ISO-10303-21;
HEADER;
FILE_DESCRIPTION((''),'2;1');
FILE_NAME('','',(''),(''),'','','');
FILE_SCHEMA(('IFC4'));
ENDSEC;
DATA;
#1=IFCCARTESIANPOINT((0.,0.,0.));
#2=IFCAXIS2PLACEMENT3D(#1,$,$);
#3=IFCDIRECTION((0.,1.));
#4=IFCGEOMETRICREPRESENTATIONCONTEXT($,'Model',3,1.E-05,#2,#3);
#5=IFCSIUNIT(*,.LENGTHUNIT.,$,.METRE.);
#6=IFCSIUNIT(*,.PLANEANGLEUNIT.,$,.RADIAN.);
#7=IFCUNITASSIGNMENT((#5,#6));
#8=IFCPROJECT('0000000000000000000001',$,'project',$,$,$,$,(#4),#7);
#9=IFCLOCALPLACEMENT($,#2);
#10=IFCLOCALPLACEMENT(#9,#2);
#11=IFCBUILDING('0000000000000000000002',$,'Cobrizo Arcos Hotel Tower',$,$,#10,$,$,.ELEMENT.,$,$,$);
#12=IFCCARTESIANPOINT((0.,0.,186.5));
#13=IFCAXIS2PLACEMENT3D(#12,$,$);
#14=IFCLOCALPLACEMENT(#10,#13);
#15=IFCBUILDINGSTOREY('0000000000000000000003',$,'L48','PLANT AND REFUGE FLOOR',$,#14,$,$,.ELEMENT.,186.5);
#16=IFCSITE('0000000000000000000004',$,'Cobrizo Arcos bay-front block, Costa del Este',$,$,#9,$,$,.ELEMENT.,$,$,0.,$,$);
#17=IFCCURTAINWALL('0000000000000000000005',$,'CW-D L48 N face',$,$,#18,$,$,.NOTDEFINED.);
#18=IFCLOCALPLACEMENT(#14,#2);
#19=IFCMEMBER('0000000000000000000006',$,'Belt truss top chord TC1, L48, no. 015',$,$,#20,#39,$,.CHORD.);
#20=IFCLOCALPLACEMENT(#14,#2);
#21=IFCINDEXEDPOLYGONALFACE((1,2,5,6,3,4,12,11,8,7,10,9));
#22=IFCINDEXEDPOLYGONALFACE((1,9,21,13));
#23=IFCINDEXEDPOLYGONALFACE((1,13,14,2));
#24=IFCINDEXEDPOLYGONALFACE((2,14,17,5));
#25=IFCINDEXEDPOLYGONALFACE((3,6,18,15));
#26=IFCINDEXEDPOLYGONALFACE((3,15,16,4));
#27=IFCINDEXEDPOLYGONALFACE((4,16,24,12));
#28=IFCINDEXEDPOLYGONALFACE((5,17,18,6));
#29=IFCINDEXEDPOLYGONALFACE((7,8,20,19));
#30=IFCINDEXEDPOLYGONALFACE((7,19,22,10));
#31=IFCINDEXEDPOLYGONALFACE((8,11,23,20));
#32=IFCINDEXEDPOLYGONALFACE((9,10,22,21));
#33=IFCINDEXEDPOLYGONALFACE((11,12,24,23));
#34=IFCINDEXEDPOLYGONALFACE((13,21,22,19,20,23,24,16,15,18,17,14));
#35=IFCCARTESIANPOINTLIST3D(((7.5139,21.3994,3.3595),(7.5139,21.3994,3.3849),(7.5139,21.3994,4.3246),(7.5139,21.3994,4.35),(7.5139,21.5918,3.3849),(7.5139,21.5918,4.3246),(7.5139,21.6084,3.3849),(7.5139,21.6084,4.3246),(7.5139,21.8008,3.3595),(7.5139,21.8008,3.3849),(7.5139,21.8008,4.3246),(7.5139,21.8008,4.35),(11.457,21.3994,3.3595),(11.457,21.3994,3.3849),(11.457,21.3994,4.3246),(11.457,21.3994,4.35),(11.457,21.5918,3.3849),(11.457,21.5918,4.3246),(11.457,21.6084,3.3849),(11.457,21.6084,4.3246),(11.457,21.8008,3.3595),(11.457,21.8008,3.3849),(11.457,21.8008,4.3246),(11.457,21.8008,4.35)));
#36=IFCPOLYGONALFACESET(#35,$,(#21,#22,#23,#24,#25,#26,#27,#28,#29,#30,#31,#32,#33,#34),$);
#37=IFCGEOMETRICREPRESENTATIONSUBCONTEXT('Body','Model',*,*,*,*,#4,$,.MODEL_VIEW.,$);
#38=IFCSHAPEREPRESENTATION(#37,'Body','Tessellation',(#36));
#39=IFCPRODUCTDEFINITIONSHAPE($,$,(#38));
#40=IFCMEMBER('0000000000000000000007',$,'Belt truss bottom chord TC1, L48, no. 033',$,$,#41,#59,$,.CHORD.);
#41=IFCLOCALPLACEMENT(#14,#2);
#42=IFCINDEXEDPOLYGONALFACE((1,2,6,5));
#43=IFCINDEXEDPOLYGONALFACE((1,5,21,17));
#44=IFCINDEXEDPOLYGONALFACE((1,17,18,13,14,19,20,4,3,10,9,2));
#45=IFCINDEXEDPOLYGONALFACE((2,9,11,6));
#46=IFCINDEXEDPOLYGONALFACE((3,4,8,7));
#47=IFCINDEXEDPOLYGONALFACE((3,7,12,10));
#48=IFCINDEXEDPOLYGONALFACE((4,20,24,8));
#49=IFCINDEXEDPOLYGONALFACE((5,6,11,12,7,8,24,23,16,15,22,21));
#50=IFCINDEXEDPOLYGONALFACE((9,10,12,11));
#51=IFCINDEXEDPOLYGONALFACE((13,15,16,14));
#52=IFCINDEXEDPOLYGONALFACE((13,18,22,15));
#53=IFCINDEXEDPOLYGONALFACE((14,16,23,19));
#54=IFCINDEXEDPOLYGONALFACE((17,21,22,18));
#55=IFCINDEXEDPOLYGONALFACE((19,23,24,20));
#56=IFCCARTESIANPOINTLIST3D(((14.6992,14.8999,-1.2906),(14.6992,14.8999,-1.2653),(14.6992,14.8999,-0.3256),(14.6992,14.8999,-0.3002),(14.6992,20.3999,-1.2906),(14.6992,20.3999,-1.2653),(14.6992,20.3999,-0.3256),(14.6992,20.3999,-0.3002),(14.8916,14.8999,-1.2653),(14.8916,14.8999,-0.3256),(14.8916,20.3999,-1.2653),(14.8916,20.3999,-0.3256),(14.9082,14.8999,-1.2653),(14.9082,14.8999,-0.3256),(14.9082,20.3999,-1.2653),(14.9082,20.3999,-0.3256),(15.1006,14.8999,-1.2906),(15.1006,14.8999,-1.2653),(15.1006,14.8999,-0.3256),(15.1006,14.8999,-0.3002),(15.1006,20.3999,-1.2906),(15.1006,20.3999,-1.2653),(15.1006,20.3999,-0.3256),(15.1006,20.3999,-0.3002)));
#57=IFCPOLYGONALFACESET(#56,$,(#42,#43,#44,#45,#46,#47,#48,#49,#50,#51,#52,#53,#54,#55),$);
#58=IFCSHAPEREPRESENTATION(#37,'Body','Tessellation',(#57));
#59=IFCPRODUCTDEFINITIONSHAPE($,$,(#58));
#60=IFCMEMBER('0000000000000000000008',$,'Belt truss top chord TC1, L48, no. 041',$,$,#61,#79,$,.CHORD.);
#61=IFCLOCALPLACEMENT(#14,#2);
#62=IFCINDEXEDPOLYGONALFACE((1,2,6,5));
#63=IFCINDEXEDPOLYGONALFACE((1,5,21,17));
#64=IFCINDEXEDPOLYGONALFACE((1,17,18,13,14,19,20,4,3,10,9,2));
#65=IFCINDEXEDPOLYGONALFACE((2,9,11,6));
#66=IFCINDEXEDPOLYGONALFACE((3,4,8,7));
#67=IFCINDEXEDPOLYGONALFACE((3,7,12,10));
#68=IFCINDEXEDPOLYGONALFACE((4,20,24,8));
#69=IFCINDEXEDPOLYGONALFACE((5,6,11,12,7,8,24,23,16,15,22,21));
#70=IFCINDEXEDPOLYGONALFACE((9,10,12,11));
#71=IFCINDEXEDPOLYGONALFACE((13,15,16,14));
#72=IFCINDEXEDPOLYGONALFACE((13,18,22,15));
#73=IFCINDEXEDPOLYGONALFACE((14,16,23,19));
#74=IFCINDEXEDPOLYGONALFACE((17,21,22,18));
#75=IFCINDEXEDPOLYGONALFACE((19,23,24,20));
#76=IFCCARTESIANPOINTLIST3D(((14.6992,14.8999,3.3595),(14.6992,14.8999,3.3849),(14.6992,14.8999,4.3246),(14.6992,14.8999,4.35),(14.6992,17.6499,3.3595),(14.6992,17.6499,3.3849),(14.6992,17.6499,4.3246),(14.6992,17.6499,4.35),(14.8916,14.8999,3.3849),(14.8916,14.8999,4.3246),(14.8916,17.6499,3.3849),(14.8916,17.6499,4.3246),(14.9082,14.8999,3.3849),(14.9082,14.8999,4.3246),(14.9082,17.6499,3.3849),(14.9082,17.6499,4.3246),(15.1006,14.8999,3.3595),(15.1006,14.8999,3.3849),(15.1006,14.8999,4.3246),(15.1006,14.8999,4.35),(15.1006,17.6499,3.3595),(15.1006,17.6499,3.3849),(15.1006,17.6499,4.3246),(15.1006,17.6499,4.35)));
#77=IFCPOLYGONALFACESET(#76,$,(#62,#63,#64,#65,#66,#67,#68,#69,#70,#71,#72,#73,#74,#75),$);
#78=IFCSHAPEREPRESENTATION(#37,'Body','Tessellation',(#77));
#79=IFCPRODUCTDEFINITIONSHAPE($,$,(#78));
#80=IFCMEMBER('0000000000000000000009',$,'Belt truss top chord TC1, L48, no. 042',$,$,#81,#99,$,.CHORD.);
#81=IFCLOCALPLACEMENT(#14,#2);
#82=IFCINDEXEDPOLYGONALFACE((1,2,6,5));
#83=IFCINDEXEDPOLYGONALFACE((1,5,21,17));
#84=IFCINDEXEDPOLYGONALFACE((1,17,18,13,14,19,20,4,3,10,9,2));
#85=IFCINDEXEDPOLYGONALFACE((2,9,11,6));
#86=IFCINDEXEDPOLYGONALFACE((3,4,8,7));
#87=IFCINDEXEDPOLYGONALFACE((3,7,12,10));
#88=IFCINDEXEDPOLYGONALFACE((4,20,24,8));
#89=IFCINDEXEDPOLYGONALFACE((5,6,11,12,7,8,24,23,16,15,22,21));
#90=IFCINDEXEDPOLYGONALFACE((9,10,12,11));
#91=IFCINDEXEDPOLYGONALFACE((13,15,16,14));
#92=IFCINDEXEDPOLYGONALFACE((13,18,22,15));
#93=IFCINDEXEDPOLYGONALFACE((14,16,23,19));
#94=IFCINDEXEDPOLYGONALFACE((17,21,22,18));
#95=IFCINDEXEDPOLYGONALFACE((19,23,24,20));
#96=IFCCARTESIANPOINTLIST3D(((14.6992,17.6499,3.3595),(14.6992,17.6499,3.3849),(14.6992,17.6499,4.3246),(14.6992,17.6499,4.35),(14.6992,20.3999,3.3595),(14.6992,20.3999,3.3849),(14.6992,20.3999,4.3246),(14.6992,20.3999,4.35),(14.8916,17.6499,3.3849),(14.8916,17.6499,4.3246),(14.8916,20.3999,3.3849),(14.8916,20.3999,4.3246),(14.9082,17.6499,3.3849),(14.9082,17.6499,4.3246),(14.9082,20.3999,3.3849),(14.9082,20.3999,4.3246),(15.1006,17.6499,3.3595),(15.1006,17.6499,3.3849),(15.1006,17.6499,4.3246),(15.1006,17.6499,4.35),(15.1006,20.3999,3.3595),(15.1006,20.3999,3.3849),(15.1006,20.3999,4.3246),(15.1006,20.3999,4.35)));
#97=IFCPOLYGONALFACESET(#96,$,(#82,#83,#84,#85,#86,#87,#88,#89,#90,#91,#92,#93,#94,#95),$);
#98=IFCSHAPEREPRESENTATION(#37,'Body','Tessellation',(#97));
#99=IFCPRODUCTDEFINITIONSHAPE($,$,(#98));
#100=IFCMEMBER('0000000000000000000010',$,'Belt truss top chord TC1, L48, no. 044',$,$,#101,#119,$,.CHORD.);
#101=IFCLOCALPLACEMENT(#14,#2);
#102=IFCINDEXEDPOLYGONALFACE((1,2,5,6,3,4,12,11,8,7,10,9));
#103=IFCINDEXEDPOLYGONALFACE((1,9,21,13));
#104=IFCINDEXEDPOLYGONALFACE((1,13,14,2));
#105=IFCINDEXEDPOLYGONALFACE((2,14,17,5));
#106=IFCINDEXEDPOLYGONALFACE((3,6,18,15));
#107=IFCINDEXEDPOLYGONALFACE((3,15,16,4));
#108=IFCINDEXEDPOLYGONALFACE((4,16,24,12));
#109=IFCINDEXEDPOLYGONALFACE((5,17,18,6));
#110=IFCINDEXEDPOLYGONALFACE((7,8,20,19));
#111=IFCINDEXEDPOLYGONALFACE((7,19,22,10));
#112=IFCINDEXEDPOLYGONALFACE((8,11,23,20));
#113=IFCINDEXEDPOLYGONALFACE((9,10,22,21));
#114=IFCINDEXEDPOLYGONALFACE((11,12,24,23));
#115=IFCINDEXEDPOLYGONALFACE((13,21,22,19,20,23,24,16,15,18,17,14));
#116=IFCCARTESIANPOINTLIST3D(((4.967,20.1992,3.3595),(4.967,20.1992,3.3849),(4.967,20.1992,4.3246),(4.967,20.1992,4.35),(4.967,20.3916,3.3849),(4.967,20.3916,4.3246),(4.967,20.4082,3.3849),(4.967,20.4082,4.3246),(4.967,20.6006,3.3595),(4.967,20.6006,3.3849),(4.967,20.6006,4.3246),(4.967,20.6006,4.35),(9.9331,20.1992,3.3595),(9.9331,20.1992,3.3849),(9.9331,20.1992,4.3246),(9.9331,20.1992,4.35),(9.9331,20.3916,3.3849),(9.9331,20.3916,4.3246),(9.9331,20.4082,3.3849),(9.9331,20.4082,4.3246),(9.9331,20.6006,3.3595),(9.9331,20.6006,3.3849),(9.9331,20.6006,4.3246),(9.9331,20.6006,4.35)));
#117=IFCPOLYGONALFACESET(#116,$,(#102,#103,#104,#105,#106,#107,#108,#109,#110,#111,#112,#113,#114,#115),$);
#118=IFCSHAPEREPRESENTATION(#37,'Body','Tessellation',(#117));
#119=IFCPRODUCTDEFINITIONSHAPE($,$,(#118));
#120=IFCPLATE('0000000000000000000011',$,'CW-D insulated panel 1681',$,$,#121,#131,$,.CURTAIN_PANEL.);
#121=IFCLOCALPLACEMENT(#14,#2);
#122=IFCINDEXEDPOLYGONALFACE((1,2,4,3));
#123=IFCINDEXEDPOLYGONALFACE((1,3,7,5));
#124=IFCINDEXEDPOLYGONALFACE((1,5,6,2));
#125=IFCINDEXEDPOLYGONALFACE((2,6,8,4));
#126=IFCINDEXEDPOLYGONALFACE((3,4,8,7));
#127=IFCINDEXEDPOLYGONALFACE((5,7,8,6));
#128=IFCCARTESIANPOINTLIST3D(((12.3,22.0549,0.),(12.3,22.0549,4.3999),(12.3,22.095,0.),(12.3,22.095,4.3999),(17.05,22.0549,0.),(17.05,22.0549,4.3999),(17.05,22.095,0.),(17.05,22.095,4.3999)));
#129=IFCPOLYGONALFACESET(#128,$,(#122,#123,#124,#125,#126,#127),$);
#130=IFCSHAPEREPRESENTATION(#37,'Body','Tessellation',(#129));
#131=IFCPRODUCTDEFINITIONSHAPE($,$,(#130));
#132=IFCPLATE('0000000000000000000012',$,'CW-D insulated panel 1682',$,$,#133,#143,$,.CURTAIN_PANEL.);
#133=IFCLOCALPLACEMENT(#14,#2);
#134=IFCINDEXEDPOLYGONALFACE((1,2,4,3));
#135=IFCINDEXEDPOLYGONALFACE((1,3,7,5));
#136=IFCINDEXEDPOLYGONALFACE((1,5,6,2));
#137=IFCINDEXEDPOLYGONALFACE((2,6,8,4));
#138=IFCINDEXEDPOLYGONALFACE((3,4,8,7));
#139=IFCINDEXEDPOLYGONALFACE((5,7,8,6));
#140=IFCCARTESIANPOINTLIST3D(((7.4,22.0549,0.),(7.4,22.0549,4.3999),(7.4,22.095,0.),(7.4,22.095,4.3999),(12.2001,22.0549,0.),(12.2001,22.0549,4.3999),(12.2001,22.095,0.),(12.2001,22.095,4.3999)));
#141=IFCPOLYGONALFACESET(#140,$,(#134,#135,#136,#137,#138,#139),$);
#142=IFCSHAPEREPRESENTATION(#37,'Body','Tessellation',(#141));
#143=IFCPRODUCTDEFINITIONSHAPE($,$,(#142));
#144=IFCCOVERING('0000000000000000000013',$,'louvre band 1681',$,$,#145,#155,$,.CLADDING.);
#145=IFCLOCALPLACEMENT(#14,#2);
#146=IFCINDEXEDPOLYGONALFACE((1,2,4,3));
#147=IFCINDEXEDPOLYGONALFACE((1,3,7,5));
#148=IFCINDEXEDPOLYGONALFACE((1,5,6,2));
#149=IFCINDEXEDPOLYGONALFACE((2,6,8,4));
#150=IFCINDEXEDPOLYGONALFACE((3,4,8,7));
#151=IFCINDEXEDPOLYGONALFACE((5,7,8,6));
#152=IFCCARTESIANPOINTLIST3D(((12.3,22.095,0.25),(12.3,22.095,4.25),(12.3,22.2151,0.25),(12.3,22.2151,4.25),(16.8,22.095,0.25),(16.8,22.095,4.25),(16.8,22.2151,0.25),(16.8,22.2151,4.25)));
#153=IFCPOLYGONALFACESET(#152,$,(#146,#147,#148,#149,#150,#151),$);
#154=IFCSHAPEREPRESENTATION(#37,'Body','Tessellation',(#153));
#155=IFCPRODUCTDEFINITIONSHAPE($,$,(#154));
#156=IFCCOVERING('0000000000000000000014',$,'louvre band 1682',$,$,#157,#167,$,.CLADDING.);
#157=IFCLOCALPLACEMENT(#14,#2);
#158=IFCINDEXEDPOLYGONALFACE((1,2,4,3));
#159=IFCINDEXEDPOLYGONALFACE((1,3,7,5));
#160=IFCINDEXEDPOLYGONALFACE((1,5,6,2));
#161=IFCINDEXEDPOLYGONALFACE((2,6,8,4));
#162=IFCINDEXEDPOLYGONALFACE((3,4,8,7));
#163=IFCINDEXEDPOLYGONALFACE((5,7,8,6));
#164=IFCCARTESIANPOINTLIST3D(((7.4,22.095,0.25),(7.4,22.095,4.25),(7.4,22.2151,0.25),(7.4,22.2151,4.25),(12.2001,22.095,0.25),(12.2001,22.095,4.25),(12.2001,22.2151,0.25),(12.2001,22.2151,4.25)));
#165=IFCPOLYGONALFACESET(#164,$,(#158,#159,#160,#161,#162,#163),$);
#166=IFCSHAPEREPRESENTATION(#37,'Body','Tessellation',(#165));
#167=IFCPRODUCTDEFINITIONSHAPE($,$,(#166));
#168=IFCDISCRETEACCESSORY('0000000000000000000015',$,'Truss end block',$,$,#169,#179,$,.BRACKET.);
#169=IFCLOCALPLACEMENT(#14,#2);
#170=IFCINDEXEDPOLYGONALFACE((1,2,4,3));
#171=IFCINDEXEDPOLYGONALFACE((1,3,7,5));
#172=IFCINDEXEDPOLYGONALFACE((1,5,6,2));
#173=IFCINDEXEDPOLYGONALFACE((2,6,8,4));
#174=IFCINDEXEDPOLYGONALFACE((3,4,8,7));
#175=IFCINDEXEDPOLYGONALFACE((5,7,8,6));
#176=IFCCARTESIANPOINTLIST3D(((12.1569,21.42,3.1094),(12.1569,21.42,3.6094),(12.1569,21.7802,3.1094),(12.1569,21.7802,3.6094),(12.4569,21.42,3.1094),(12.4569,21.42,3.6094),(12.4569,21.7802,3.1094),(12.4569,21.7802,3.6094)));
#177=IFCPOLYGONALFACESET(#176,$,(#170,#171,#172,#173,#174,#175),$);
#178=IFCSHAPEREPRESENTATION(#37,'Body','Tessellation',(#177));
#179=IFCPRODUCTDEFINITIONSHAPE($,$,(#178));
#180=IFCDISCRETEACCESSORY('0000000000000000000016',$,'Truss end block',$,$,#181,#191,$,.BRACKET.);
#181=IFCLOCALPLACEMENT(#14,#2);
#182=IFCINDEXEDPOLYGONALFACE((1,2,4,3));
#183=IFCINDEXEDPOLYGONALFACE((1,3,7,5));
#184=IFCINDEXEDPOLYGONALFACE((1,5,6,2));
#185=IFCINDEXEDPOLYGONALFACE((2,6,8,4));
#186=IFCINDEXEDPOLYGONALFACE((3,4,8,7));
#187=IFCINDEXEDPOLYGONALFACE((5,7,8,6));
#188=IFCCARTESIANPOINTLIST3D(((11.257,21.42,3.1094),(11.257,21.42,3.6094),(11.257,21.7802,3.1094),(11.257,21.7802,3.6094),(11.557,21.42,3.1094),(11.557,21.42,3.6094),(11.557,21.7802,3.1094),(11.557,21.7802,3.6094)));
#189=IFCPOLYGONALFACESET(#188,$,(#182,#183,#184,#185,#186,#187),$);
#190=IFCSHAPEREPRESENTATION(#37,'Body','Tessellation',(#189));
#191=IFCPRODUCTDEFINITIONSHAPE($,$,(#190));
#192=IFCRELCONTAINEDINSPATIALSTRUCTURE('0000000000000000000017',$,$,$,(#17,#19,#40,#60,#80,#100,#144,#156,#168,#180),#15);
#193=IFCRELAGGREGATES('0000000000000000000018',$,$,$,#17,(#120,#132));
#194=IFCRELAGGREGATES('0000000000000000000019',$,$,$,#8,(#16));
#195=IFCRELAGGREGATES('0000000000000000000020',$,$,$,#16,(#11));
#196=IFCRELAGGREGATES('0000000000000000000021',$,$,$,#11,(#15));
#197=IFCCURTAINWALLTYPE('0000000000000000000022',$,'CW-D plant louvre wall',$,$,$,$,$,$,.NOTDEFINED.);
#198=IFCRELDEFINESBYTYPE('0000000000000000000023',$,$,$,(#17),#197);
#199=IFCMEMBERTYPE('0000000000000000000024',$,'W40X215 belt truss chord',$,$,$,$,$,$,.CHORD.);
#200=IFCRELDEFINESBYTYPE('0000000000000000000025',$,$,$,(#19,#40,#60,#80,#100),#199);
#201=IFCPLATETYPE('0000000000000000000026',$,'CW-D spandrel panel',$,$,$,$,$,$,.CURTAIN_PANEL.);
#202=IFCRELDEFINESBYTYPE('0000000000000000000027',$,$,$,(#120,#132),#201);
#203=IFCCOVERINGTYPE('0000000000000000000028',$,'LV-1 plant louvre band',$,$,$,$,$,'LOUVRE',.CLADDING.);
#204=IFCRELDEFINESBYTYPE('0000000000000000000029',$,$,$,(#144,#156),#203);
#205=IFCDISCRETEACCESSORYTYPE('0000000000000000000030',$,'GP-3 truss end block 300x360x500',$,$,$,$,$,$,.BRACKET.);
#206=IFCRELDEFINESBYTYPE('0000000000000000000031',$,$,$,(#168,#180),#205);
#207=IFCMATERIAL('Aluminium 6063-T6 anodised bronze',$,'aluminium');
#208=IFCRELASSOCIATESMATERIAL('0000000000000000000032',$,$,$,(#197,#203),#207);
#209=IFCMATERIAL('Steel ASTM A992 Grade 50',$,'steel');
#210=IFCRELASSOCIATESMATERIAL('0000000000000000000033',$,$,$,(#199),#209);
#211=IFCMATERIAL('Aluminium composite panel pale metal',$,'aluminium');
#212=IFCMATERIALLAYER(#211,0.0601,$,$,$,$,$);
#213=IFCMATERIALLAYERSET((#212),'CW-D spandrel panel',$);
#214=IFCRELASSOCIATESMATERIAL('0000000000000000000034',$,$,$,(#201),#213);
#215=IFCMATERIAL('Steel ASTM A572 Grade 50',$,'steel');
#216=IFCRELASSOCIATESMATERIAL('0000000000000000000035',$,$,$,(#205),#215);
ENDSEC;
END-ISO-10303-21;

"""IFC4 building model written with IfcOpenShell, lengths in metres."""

from ifc_helpers import new_model, si_unit, direction, frame, origin, origin_2d, place, context, subcontext, project, spatial, rectangle, i_section, extrude, material, layer, layer_set, material_profile, profile_set, type_object, element, aggregate, save


model = new_model("IFC4")

# Units and contexts
model_context = context("Model", 3, precision=1e-05, world=origin(), true_north=direction((0.0, 1.0)))
body_context = subcontext(model_context, "Body", "Model", "MODEL_VIEW")
ifc_project = project(units=[si_unit("LENGTHUNIT", "METRE"), si_unit("PLANEANGLEUNIT", "RADIAN")], contexts=[model_context])

# Site, building, storey
site_placement = place(None, origin())
site = spatial("IfcSite", under=ifc_project, at=site_placement, Name="Cobrizo Arcos bay-front block, Costa del Este", CompositionType="ELEMENT", RefElevation=0.0)
building_placement = place(site_placement, origin())
building = spatial("IfcBuilding", under=site, at=building_placement, Name="Cobrizo Arcos Hotel Tower", CompositionType="ELEMENT")
storey_placement = place(building_placement, frame((0.0, 0.0, 186.5)))
storey = spatial("IfcBuildingStorey", under=building, at=storey_placement, Name="L48", Description="PLANT AND REFUGE FLOOR", CompositionType="ELEMENT", Elevation=186.5)

# Shared definitions
ifc_material_1 = material(Name="Steel ASTM A572 Grade 50", Category="steel")

# Curtain wall
ifc_material_2 = material(Name="Aluminium 6063-T6 anodised bronze", Category="aluminium")
curtain_wall_type = type_object("IfcCurtainWallType", Name="CW-D plant louvre wall", PredefinedType="NOTDEFINED", material=ifc_material_2)
curtain_wall_placement = place(storey_placement, origin())
curtain_wall = element("IfcCurtainWall", 1, at=curtain_wall_placement, inside=storey, type_object=curtain_wall_type, Name="CW-D L48 N face", PredefinedType="NOTDEFINED")

# Members
ifc_material_3 = material(Name="Steel ASTM A992 Grade 50", Category="steel")
ifc_material_profile_1 = material_profile(ifc_material_3, i_section(OverallWidth=0.4014, OverallDepth=0.9905, WebThickness=0.0166, FlangeThickness=0.0254, at=origin_2d()), Name="W40X215")
ifc_profile_set_1 = profile_set([ifc_material_profile_1], Name="Steel ASTM A992 Grade 50")
member_type_1 = type_object("IfcMemberType", Name="W40X215 belt truss chord", PredefinedType="CHORD", material=ifc_profile_set_1)
for number, where, z_axis, x_axis, name in (
    (2, (11.457, 21.6001, 3.8547), (-1.0, 0.0, 0.0), (0.0, -1.0, 0.0), "Belt truss top chord TC1, L48, no. 015"),
):
    element("IfcMember", number, at=place(storey_placement, frame(where, z_axis=z_axis, x_axis=x_axis)), inside=storey, type_object=member_type_1, Name=name, PredefinedType="CHORD", context=body_context, shape_type="SweptSolid", body=[
        extrude(i_section(OverallWidth=0.4014, OverallDepth=0.9905, WebThickness=0.0166, FlangeThickness=0.0254, at=origin_2d()), origin(), (0.0, 0.0, 1.0), 3.9431),
    ])
member_1_placement = place(storey_placement, frame((14.8999, 14.8999, -0.7954), z_axis=(0.0, 1.0, 0.0), x_axis=(-1.0, 0.0, 0.0)))
element("IfcMember", 3, at=member_1_placement, inside=storey, type_object=member_type_1, Name="Belt truss bottom chord TC1, L48, no. 033", PredefinedType="CHORD", context=body_context, shape_type="SweptSolid", body=[
    extrude(i_section(OverallWidth=0.4014, OverallDepth=0.9905, WebThickness=0.0166, FlangeThickness=0.0254, at=origin_2d()), origin(), (0.0, 0.0, 1.0), 5.5),
])
for number, where, z_axis, x_axis, name in (
    (4, (14.8999, 14.8999, 3.8547), (0.0, 1.0, 0.0), (-1.0, 0.0, 0.0), "Belt truss top chord TC1, L48, no. 041"),
    (5, (14.8999, 17.6499, 3.8547), (0.0, 1.0, 0.0), (-1.0, 0.0, 0.0), "Belt truss top chord TC1, L48, no. 042"),
):
    element("IfcMember", number, at=place(storey_placement, frame(where, z_axis=z_axis, x_axis=x_axis)), inside=storey, type_object=member_type_1, Name=name, PredefinedType="CHORD", context=body_context, shape_type="SweptSolid", body=[
        extrude(i_section(OverallWidth=0.4014, OverallDepth=0.9905, WebThickness=0.0166, FlangeThickness=0.0254, at=origin_2d()), origin(), (0.0, 0.0, 1.0), 2.75),
    ])
member_2_placement = place(storey_placement, frame((9.9331, 20.3999, 3.8547), z_axis=(-1.0, 0.0, 0.0), x_axis=(0.0, -1.0, 0.0)))
element("IfcMember", 6, at=member_2_placement, inside=storey, type_object=member_type_1, Name="Belt truss top chord TC1, L48, no. 044", PredefinedType="CHORD", context=body_context, shape_type="SweptSolid", body=[
    extrude(i_section(OverallWidth=0.4014, OverallDepth=0.9905, WebThickness=0.0166, FlangeThickness=0.0254, at=origin_2d()), origin(), (0.0, 0.0, 1.0), 4.9661),
])

# Plates
ifc_material_4 = material(Name="Aluminium composite panel pale metal", Category="aluminium")
ifc_layer = layer(ifc_material_4, 0.0601)
ifc_layer_set = layer_set([ifc_layer], Name="CW-D spandrel panel")
plate_type = type_object("IfcPlateType", Name="CW-D spandrel panel", PredefinedType="CURTAIN_PANEL", material=ifc_layer_set)
plate_1_placement = place(storey_placement, frame((14.675, 22.075, 0.0), z_axis=(0.0, 0.0, 1.0), x_axis=(-1.0, 0.0, 0.0)))
plate_1 = element("IfcPlate", 7, at=plate_1_placement, type_object=plate_type, Name="CW-D insulated panel 1681", PredefinedType="CURTAIN_PANEL", context=body_context, shape_type="SweptSolid", body=[
    extrude(rectangle(XDim=4.75, YDim=0.04, at=origin_2d()), origin(), (0.0, 0.0, 1.0), 4.3999),
])
plate_2_placement = place(storey_placement, frame((9.8, 22.075, 0.0), z_axis=(0.0, 0.0, 1.0), x_axis=(-1.0, 0.0, 0.0)))
plate_2 = element("IfcPlate", 8, at=plate_2_placement, type_object=plate_type, Name="CW-D insulated panel 1682", PredefinedType="CURTAIN_PANEL", context=body_context, shape_type="SweptSolid", body=[
    extrude(rectangle(XDim=4.8, YDim=0.04, at=origin_2d()), origin(), (0.0, 0.0, 1.0), 4.3999),
])
aggregate(curtain_wall, [plate_1, plate_2])

# Coverings
covering_type = type_object("IfcCoveringType", Name="LV-1 plant louvre band", ElementType="LOUVRE", PredefinedType="CLADDING", material=ifc_material_2)
covering_1_placement = place(storey_placement, frame((14.55, 22.155, 0.25), z_axis=(0.0, 0.0, 1.0), x_axis=(-1.0, 0.0, 0.0)))
element("IfcCovering", 9, at=covering_1_placement, inside=storey, type_object=covering_type, Name="louvre band 1681", PredefinedType="CLADDING", context=body_context, shape_type="SweptSolid", body=[
    extrude(rectangle(XDim=4.5, YDim=0.1201, at=origin_2d()), origin(), (0.0, 0.0, 1.0), 4.0),
])
covering_2_placement = place(storey_placement, frame((9.8, 22.155, 0.25), z_axis=(0.0, 0.0, 1.0), x_axis=(-1.0, 0.0, 0.0)))
element("IfcCovering", 10, at=covering_2_placement, inside=storey, type_object=covering_type, Name="louvre band 1682", PredefinedType="CLADDING", context=body_context, shape_type="SweptSolid", body=[
    extrude(rectangle(XDim=4.8, YDim=0.1201, at=origin_2d()), origin(), (0.0, 0.0, 1.0), 4.0),
])

# Discrete accessories
discrete_accessory_type_1 = type_object("IfcDiscreteAccessoryType", Name="GP-3 truss end block 300x360x500", PredefinedType="BRACKET", material=ifc_material_1)
for number, where, z_axis, x_axis, name in (
    (11, (12.3069, 21.6001, 3.1094), (0.0, 0.0, 1.0), (1.0, 0.0, 0.0), "Truss end block"),
    (12, (11.407, 21.6001, 3.1094), (0.0, 0.0, 1.0), (-1.0, 0.0, 0.0), "Truss end block"),
):
    element("IfcDiscreteAccessory", number, at=place(storey_placement, frame(where, z_axis=z_axis, x_axis=x_axis)), inside=storey, type_object=discrete_accessory_type_1, Name=name, PredefinedType="BRACKET", context=body_context, shape_type="SweptSolid", body=[
        extrude(rectangle(XDim=0.3, YDim=0.3601, at=origin_2d()), origin(), (0.0, 0.0, 1.0), 0.5),
    ])

save(model, "model.ifc")
